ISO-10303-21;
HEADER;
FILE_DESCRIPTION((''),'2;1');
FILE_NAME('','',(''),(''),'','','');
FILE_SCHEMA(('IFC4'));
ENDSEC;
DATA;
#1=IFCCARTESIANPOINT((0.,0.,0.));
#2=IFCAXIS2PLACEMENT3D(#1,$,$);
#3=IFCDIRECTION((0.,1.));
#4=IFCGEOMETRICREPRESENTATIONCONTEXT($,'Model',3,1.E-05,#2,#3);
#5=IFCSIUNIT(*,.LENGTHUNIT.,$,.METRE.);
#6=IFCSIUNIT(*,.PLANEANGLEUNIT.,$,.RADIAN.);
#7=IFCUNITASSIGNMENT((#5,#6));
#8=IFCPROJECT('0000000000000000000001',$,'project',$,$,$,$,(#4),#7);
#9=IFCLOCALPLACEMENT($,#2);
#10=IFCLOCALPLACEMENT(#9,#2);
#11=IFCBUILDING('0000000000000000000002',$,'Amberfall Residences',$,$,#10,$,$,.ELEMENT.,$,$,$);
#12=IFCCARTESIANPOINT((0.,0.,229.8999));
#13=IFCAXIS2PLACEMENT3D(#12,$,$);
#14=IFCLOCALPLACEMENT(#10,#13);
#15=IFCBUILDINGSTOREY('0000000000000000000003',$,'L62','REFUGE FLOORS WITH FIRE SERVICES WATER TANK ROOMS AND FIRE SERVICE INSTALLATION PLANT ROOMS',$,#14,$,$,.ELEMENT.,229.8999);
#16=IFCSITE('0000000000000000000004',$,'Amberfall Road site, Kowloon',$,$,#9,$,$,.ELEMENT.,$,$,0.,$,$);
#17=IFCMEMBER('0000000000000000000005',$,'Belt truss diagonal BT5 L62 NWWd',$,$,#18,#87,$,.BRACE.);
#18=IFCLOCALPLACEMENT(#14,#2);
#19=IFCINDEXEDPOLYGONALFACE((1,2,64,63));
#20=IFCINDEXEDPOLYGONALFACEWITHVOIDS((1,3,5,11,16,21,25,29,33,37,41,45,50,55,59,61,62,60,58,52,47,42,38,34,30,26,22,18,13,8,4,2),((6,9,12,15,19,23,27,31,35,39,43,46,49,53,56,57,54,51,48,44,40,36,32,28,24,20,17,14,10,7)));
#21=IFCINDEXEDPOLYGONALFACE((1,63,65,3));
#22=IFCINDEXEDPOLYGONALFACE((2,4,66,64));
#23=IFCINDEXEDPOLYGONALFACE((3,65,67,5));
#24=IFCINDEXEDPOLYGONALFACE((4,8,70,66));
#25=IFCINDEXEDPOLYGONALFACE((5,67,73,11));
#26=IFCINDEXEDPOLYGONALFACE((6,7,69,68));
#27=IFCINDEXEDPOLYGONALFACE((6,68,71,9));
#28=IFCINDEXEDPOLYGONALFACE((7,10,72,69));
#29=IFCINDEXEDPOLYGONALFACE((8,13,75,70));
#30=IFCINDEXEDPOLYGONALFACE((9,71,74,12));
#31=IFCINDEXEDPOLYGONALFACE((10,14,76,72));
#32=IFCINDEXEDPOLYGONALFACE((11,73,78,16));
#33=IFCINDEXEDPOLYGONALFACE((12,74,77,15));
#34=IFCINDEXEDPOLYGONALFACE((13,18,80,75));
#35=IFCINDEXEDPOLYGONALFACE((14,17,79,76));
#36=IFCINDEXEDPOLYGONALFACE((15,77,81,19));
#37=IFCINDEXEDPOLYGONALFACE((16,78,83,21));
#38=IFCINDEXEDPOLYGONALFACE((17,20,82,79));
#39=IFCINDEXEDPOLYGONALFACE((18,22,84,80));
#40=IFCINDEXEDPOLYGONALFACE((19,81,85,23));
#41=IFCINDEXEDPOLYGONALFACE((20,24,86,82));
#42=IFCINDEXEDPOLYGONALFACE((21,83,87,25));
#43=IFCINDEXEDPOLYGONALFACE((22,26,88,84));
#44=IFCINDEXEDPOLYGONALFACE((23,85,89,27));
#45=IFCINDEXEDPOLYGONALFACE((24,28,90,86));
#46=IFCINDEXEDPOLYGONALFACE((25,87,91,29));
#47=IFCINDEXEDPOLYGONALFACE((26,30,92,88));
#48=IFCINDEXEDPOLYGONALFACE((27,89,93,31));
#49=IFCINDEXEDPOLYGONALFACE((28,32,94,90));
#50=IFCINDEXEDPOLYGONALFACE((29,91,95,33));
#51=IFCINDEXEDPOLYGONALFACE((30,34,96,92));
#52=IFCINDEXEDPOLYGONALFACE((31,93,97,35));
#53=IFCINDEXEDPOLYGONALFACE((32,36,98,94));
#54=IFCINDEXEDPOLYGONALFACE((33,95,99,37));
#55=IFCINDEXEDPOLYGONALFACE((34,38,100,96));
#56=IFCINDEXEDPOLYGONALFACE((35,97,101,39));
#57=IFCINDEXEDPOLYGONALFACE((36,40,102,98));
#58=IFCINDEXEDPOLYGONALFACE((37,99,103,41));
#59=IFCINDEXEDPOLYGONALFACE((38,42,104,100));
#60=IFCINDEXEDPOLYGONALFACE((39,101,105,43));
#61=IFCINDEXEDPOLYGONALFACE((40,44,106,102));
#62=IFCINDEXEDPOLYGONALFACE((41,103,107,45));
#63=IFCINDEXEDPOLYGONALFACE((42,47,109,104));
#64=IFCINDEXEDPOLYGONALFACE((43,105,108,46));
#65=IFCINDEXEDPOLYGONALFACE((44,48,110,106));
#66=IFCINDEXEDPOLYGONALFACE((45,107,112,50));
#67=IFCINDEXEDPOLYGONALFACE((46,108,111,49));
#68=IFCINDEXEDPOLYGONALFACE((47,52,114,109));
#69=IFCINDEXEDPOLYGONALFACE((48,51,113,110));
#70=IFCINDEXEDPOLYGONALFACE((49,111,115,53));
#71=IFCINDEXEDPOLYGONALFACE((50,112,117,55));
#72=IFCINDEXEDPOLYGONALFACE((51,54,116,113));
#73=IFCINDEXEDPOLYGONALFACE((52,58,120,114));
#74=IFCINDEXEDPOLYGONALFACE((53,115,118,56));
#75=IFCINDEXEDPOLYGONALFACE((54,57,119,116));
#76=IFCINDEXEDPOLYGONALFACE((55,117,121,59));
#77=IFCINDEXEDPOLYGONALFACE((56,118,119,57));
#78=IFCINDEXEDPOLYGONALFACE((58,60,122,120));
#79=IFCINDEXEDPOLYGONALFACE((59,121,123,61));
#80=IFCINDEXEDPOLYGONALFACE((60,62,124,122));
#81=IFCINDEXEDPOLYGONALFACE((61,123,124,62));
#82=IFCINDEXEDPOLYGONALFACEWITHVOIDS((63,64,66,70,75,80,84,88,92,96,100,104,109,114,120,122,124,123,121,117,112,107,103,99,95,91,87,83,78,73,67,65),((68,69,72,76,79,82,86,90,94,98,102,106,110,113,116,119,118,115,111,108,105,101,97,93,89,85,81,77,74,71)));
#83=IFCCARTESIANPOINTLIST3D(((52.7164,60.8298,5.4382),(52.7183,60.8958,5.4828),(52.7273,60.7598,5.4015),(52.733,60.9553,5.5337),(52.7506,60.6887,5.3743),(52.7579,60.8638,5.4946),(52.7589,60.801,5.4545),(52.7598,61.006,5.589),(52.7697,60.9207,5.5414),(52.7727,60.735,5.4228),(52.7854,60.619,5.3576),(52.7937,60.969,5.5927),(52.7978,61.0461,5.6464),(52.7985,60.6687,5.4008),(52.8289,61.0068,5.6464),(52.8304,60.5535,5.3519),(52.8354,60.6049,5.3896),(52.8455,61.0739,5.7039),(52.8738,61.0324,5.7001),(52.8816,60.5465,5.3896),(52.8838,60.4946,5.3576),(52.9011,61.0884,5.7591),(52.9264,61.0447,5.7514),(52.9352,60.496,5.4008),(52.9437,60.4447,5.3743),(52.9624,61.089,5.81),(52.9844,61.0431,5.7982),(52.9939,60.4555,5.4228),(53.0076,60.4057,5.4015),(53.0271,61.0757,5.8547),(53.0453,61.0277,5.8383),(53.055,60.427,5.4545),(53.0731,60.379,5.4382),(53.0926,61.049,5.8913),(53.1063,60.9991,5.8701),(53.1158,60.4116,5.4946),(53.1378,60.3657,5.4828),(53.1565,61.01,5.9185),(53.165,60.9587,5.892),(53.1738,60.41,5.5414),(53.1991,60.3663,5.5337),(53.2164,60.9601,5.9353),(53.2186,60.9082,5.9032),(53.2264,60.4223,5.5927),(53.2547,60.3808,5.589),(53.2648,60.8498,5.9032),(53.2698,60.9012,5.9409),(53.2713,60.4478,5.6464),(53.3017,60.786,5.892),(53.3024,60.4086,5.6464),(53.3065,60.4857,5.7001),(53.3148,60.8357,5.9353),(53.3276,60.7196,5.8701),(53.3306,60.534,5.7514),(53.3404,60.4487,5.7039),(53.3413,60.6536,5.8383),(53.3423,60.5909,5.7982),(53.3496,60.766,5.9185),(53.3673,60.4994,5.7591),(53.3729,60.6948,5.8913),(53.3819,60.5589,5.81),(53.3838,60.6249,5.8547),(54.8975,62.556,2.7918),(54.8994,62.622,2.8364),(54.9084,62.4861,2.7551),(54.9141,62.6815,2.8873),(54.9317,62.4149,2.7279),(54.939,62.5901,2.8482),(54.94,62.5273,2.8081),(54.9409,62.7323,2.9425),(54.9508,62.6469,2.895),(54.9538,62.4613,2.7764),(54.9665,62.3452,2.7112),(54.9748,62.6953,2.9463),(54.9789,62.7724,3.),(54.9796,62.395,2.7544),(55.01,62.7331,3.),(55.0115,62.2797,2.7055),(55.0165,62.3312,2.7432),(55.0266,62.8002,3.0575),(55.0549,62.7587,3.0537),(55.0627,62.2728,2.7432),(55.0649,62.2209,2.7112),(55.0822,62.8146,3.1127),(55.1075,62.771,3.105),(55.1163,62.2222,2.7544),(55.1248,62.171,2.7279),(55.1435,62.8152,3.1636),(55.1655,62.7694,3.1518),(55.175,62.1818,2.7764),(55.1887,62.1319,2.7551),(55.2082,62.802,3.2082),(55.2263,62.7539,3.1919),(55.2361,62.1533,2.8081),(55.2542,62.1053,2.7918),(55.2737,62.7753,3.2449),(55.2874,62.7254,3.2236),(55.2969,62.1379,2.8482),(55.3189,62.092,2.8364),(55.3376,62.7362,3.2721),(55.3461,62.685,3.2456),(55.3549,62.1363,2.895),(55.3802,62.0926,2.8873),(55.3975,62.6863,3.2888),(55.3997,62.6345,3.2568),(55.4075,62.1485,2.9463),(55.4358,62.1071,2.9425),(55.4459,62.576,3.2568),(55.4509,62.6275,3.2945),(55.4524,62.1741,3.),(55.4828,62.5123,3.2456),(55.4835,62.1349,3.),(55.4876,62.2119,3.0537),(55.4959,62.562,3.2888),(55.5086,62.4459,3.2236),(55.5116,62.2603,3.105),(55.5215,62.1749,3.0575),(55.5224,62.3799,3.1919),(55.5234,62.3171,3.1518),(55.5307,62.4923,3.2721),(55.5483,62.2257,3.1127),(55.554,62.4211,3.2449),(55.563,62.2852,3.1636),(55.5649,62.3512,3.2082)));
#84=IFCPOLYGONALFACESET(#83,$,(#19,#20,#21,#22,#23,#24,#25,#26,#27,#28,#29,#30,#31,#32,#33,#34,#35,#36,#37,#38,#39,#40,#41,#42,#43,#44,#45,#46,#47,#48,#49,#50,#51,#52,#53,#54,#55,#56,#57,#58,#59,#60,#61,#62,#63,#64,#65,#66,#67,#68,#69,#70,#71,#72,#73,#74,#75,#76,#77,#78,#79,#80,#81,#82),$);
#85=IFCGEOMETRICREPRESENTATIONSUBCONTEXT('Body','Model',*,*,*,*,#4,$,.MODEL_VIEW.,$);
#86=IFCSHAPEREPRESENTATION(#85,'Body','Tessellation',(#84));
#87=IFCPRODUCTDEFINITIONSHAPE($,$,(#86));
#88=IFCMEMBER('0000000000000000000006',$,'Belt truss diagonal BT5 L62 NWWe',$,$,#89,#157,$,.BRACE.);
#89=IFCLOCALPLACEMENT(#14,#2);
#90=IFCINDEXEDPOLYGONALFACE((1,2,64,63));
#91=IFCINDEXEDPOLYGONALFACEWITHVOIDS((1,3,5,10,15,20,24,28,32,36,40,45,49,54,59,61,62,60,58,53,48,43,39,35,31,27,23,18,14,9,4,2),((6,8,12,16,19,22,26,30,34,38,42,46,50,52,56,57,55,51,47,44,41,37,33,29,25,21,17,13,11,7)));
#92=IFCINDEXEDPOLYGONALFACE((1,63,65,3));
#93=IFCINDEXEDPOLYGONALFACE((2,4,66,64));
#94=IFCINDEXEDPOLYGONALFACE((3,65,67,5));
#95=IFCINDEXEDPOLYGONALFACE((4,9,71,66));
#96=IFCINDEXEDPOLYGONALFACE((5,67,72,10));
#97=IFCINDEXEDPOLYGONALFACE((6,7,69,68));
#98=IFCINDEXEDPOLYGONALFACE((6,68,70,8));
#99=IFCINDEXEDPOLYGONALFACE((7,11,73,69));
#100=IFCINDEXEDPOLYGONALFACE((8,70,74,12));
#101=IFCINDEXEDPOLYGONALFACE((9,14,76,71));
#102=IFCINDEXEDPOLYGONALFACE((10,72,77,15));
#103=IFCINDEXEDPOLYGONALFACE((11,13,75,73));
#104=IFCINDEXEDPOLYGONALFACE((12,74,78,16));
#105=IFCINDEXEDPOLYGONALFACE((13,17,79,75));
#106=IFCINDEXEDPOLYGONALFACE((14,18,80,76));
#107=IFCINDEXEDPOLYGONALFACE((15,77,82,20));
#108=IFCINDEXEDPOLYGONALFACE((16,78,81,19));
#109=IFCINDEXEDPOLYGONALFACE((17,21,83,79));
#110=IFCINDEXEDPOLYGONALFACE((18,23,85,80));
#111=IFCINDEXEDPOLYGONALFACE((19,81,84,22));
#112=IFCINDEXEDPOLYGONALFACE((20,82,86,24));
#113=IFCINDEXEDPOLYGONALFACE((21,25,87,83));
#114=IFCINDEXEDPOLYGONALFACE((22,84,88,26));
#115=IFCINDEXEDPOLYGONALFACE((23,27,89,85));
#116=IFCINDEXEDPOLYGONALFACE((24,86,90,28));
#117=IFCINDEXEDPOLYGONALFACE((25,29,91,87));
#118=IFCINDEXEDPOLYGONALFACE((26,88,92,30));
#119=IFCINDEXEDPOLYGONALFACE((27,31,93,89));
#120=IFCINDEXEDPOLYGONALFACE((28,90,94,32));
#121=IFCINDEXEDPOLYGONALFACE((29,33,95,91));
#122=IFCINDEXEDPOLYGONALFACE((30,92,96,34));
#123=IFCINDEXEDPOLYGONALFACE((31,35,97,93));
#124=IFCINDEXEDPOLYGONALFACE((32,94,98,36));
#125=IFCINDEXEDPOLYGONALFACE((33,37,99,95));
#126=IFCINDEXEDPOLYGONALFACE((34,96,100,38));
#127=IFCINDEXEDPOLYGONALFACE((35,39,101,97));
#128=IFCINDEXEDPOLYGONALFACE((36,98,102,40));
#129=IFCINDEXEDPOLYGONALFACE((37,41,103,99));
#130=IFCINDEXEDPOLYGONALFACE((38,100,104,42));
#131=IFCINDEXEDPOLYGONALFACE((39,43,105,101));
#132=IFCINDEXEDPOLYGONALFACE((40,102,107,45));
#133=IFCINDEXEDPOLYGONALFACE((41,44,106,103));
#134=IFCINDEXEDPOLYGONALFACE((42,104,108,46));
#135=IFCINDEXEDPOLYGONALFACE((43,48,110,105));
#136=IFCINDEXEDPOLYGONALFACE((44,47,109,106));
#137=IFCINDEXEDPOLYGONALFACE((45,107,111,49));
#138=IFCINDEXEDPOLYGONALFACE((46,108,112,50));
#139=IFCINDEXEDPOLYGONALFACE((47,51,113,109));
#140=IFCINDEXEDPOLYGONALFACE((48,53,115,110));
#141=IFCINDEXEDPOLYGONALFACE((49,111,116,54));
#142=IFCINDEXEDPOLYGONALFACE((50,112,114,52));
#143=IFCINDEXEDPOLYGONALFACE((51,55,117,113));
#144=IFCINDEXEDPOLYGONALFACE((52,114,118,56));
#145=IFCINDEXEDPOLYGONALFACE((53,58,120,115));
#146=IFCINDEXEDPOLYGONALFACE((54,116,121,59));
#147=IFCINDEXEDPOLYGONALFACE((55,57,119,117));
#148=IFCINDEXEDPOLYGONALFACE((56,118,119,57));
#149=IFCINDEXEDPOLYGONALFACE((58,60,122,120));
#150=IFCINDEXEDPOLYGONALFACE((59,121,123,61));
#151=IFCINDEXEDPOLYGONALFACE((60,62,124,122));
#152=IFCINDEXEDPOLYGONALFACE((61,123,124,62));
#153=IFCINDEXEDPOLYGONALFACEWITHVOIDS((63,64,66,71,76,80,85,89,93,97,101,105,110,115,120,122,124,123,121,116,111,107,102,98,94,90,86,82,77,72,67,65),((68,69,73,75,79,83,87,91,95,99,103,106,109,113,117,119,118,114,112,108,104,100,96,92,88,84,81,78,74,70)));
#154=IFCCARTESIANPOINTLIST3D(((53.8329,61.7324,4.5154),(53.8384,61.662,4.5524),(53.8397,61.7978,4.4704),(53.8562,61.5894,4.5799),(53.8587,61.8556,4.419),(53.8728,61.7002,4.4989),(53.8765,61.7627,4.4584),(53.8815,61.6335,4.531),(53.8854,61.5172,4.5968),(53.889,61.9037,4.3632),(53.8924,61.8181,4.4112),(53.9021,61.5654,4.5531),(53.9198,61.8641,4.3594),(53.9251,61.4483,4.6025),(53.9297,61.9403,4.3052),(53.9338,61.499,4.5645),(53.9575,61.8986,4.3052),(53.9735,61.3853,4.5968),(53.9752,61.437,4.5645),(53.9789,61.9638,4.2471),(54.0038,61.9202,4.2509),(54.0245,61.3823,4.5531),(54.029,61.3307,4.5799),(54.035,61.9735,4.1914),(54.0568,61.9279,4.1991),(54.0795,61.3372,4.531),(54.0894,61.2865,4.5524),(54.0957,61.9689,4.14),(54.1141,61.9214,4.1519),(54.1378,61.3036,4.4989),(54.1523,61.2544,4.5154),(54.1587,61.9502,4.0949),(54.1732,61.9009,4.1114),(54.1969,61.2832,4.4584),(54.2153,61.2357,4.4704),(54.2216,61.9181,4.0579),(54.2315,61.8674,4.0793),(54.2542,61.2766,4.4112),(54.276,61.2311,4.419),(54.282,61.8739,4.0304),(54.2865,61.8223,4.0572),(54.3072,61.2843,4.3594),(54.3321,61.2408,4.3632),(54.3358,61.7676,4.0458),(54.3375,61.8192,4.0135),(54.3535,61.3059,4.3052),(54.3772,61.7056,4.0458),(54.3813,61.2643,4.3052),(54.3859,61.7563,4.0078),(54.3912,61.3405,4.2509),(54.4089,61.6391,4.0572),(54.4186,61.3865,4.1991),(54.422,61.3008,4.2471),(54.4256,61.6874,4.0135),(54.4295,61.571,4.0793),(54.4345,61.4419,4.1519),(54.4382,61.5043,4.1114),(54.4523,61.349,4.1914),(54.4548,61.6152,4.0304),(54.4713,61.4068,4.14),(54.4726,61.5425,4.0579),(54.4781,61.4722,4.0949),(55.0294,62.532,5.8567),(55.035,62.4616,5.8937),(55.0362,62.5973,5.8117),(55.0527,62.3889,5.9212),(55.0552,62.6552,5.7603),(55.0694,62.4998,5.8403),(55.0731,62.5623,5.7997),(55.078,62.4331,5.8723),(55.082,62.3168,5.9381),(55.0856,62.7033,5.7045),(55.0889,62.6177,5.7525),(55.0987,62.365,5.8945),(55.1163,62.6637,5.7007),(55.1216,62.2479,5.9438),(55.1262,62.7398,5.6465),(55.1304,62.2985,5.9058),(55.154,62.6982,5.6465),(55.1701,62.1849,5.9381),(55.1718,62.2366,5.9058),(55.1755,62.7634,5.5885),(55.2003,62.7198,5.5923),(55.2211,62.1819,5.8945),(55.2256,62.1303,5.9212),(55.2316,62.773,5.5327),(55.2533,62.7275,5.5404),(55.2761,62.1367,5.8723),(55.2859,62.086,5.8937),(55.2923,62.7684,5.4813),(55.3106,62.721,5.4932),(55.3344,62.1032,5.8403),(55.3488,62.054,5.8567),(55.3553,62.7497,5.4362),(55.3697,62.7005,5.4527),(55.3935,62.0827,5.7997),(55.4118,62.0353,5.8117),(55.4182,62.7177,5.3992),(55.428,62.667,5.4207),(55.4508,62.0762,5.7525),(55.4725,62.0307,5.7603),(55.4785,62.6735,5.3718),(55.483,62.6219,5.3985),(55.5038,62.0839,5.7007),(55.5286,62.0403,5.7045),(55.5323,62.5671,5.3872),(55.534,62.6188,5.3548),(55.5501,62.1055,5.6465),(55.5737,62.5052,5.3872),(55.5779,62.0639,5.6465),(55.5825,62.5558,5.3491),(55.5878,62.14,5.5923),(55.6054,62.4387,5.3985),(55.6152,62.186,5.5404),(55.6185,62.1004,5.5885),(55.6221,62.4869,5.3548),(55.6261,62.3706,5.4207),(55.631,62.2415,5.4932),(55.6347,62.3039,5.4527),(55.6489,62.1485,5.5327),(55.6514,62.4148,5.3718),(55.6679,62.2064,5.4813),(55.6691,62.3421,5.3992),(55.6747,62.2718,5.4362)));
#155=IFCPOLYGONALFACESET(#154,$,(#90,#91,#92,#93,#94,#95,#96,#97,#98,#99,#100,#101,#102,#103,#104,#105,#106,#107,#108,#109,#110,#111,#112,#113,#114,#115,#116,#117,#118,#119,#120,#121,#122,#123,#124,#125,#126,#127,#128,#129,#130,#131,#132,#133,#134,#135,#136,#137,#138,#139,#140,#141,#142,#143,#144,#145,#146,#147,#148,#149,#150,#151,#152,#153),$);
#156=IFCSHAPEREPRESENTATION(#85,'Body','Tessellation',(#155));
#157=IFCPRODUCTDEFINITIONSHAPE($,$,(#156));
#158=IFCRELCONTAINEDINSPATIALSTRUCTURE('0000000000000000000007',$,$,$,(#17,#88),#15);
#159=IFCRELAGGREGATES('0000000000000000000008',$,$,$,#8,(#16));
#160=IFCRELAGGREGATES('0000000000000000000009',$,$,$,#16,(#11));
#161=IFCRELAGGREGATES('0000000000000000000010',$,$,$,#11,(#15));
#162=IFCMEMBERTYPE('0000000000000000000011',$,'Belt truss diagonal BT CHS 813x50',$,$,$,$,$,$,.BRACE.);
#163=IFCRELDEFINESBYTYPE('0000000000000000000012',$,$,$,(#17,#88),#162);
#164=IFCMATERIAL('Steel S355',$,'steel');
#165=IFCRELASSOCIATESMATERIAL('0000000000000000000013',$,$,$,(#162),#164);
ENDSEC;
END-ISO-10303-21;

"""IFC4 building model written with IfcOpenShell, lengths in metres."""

from ifc_helpers import new_model, si_unit, direction, frame, origin, origin_2d, place, context, subcontext, project, spatial, hollow_circle, extrude, material, material_profile, profile_set, type_object, element, save


model = new_model("IFC4")

# Units and contexts
model_context = context("Model", 3, precision=1e-05, world=origin(), true_north=direction((0.0, 1.0)))
body_context = subcontext(model_context, "Body", "Model", "MODEL_VIEW")
ifc_project = project(units=[si_unit("LENGTHUNIT", "METRE"), si_unit("PLANEANGLEUNIT", "RADIAN")], contexts=[model_context])

# Site, building, storey
site_placement = place(None, origin())
site = spatial("IfcSite", under=ifc_project, at=site_placement, Name="Amberfall Road site, Kowloon", CompositionType="ELEMENT", RefElevation=0.0)
building_placement = place(site_placement, origin())
building = spatial("IfcBuilding", under=site, at=building_placement, Name="Amberfall Residences", CompositionType="ELEMENT")
storey_placement = place(building_placement, frame((0.0, 0.0, 229.8999)))
storey = spatial("IfcBuildingStorey", under=building, at=storey_placement, Name="L62", Description="REFUGE FLOORS WITH FIRE SERVICES WATER TANK ROOMS AND FIRE SERVICE INSTALLATION PLANT ROOMS", CompositionType="ELEMENT", Elevation=229.8999)

# Shared definitions
ifc_material_1 = material(Name="Steel S355", Category="steel")

# Members
ifc_material_profile_1 = material_profile(ifc_material_1, hollow_circle(Radius=0.4065, WallThickness=0.05, at=origin_2d()), Name="CHS 813x50")
ifc_profile_set_1 = profile_set([ifc_material_profile_1], Name="Steel S355")
member_type = type_object("IfcMemberType", Name="Belt truss diagonal BT CHS 813x50", PredefinedType="BRACE", material=ifc_profile_set_1)
member_1_placement = place(storey_placement, frame((55.2312, 62.4536, 3.0), z_axis=(-0.568088, -0.449625, 0.689285), x_axis=(0.620609, -0.784121, 0.0)))
element("IfcMember", 1, at=member_1_placement, inside=storey, type_object=member_type, Name="Belt truss diagonal BT5 L62 NWWd", PredefinedType="BRACE", context=body_context, shape_type="SweptSolid", body=[
    extrude(hollow_circle(Radius=0.4065, WallThickness=0.05, at=origin_2d()), origin(), (0.0, 0.0, 1.0), 3.8394),
])
member_2_placement = place(storey_placement, frame((55.3521, 62.4019, 5.6465), z_axis=(-0.608224, -0.406434, -0.681817), x_axis=(0.5556, -0.83145, 0.0)))
element("IfcMember", 2, at=member_2_placement, inside=storey, type_object=member_type, Name="Belt truss diagonal BT5 L62 NWWe", PredefinedType="BRACE", context=body_context, shape_type="SweptSolid", body=[
    extrude(hollow_circle(Radius=0.4065, WallThickness=0.05, at=origin_2d()), origin(), (0.0, 0.0, 1.0), 1.9673),
])

save(model, "model.ifc")
